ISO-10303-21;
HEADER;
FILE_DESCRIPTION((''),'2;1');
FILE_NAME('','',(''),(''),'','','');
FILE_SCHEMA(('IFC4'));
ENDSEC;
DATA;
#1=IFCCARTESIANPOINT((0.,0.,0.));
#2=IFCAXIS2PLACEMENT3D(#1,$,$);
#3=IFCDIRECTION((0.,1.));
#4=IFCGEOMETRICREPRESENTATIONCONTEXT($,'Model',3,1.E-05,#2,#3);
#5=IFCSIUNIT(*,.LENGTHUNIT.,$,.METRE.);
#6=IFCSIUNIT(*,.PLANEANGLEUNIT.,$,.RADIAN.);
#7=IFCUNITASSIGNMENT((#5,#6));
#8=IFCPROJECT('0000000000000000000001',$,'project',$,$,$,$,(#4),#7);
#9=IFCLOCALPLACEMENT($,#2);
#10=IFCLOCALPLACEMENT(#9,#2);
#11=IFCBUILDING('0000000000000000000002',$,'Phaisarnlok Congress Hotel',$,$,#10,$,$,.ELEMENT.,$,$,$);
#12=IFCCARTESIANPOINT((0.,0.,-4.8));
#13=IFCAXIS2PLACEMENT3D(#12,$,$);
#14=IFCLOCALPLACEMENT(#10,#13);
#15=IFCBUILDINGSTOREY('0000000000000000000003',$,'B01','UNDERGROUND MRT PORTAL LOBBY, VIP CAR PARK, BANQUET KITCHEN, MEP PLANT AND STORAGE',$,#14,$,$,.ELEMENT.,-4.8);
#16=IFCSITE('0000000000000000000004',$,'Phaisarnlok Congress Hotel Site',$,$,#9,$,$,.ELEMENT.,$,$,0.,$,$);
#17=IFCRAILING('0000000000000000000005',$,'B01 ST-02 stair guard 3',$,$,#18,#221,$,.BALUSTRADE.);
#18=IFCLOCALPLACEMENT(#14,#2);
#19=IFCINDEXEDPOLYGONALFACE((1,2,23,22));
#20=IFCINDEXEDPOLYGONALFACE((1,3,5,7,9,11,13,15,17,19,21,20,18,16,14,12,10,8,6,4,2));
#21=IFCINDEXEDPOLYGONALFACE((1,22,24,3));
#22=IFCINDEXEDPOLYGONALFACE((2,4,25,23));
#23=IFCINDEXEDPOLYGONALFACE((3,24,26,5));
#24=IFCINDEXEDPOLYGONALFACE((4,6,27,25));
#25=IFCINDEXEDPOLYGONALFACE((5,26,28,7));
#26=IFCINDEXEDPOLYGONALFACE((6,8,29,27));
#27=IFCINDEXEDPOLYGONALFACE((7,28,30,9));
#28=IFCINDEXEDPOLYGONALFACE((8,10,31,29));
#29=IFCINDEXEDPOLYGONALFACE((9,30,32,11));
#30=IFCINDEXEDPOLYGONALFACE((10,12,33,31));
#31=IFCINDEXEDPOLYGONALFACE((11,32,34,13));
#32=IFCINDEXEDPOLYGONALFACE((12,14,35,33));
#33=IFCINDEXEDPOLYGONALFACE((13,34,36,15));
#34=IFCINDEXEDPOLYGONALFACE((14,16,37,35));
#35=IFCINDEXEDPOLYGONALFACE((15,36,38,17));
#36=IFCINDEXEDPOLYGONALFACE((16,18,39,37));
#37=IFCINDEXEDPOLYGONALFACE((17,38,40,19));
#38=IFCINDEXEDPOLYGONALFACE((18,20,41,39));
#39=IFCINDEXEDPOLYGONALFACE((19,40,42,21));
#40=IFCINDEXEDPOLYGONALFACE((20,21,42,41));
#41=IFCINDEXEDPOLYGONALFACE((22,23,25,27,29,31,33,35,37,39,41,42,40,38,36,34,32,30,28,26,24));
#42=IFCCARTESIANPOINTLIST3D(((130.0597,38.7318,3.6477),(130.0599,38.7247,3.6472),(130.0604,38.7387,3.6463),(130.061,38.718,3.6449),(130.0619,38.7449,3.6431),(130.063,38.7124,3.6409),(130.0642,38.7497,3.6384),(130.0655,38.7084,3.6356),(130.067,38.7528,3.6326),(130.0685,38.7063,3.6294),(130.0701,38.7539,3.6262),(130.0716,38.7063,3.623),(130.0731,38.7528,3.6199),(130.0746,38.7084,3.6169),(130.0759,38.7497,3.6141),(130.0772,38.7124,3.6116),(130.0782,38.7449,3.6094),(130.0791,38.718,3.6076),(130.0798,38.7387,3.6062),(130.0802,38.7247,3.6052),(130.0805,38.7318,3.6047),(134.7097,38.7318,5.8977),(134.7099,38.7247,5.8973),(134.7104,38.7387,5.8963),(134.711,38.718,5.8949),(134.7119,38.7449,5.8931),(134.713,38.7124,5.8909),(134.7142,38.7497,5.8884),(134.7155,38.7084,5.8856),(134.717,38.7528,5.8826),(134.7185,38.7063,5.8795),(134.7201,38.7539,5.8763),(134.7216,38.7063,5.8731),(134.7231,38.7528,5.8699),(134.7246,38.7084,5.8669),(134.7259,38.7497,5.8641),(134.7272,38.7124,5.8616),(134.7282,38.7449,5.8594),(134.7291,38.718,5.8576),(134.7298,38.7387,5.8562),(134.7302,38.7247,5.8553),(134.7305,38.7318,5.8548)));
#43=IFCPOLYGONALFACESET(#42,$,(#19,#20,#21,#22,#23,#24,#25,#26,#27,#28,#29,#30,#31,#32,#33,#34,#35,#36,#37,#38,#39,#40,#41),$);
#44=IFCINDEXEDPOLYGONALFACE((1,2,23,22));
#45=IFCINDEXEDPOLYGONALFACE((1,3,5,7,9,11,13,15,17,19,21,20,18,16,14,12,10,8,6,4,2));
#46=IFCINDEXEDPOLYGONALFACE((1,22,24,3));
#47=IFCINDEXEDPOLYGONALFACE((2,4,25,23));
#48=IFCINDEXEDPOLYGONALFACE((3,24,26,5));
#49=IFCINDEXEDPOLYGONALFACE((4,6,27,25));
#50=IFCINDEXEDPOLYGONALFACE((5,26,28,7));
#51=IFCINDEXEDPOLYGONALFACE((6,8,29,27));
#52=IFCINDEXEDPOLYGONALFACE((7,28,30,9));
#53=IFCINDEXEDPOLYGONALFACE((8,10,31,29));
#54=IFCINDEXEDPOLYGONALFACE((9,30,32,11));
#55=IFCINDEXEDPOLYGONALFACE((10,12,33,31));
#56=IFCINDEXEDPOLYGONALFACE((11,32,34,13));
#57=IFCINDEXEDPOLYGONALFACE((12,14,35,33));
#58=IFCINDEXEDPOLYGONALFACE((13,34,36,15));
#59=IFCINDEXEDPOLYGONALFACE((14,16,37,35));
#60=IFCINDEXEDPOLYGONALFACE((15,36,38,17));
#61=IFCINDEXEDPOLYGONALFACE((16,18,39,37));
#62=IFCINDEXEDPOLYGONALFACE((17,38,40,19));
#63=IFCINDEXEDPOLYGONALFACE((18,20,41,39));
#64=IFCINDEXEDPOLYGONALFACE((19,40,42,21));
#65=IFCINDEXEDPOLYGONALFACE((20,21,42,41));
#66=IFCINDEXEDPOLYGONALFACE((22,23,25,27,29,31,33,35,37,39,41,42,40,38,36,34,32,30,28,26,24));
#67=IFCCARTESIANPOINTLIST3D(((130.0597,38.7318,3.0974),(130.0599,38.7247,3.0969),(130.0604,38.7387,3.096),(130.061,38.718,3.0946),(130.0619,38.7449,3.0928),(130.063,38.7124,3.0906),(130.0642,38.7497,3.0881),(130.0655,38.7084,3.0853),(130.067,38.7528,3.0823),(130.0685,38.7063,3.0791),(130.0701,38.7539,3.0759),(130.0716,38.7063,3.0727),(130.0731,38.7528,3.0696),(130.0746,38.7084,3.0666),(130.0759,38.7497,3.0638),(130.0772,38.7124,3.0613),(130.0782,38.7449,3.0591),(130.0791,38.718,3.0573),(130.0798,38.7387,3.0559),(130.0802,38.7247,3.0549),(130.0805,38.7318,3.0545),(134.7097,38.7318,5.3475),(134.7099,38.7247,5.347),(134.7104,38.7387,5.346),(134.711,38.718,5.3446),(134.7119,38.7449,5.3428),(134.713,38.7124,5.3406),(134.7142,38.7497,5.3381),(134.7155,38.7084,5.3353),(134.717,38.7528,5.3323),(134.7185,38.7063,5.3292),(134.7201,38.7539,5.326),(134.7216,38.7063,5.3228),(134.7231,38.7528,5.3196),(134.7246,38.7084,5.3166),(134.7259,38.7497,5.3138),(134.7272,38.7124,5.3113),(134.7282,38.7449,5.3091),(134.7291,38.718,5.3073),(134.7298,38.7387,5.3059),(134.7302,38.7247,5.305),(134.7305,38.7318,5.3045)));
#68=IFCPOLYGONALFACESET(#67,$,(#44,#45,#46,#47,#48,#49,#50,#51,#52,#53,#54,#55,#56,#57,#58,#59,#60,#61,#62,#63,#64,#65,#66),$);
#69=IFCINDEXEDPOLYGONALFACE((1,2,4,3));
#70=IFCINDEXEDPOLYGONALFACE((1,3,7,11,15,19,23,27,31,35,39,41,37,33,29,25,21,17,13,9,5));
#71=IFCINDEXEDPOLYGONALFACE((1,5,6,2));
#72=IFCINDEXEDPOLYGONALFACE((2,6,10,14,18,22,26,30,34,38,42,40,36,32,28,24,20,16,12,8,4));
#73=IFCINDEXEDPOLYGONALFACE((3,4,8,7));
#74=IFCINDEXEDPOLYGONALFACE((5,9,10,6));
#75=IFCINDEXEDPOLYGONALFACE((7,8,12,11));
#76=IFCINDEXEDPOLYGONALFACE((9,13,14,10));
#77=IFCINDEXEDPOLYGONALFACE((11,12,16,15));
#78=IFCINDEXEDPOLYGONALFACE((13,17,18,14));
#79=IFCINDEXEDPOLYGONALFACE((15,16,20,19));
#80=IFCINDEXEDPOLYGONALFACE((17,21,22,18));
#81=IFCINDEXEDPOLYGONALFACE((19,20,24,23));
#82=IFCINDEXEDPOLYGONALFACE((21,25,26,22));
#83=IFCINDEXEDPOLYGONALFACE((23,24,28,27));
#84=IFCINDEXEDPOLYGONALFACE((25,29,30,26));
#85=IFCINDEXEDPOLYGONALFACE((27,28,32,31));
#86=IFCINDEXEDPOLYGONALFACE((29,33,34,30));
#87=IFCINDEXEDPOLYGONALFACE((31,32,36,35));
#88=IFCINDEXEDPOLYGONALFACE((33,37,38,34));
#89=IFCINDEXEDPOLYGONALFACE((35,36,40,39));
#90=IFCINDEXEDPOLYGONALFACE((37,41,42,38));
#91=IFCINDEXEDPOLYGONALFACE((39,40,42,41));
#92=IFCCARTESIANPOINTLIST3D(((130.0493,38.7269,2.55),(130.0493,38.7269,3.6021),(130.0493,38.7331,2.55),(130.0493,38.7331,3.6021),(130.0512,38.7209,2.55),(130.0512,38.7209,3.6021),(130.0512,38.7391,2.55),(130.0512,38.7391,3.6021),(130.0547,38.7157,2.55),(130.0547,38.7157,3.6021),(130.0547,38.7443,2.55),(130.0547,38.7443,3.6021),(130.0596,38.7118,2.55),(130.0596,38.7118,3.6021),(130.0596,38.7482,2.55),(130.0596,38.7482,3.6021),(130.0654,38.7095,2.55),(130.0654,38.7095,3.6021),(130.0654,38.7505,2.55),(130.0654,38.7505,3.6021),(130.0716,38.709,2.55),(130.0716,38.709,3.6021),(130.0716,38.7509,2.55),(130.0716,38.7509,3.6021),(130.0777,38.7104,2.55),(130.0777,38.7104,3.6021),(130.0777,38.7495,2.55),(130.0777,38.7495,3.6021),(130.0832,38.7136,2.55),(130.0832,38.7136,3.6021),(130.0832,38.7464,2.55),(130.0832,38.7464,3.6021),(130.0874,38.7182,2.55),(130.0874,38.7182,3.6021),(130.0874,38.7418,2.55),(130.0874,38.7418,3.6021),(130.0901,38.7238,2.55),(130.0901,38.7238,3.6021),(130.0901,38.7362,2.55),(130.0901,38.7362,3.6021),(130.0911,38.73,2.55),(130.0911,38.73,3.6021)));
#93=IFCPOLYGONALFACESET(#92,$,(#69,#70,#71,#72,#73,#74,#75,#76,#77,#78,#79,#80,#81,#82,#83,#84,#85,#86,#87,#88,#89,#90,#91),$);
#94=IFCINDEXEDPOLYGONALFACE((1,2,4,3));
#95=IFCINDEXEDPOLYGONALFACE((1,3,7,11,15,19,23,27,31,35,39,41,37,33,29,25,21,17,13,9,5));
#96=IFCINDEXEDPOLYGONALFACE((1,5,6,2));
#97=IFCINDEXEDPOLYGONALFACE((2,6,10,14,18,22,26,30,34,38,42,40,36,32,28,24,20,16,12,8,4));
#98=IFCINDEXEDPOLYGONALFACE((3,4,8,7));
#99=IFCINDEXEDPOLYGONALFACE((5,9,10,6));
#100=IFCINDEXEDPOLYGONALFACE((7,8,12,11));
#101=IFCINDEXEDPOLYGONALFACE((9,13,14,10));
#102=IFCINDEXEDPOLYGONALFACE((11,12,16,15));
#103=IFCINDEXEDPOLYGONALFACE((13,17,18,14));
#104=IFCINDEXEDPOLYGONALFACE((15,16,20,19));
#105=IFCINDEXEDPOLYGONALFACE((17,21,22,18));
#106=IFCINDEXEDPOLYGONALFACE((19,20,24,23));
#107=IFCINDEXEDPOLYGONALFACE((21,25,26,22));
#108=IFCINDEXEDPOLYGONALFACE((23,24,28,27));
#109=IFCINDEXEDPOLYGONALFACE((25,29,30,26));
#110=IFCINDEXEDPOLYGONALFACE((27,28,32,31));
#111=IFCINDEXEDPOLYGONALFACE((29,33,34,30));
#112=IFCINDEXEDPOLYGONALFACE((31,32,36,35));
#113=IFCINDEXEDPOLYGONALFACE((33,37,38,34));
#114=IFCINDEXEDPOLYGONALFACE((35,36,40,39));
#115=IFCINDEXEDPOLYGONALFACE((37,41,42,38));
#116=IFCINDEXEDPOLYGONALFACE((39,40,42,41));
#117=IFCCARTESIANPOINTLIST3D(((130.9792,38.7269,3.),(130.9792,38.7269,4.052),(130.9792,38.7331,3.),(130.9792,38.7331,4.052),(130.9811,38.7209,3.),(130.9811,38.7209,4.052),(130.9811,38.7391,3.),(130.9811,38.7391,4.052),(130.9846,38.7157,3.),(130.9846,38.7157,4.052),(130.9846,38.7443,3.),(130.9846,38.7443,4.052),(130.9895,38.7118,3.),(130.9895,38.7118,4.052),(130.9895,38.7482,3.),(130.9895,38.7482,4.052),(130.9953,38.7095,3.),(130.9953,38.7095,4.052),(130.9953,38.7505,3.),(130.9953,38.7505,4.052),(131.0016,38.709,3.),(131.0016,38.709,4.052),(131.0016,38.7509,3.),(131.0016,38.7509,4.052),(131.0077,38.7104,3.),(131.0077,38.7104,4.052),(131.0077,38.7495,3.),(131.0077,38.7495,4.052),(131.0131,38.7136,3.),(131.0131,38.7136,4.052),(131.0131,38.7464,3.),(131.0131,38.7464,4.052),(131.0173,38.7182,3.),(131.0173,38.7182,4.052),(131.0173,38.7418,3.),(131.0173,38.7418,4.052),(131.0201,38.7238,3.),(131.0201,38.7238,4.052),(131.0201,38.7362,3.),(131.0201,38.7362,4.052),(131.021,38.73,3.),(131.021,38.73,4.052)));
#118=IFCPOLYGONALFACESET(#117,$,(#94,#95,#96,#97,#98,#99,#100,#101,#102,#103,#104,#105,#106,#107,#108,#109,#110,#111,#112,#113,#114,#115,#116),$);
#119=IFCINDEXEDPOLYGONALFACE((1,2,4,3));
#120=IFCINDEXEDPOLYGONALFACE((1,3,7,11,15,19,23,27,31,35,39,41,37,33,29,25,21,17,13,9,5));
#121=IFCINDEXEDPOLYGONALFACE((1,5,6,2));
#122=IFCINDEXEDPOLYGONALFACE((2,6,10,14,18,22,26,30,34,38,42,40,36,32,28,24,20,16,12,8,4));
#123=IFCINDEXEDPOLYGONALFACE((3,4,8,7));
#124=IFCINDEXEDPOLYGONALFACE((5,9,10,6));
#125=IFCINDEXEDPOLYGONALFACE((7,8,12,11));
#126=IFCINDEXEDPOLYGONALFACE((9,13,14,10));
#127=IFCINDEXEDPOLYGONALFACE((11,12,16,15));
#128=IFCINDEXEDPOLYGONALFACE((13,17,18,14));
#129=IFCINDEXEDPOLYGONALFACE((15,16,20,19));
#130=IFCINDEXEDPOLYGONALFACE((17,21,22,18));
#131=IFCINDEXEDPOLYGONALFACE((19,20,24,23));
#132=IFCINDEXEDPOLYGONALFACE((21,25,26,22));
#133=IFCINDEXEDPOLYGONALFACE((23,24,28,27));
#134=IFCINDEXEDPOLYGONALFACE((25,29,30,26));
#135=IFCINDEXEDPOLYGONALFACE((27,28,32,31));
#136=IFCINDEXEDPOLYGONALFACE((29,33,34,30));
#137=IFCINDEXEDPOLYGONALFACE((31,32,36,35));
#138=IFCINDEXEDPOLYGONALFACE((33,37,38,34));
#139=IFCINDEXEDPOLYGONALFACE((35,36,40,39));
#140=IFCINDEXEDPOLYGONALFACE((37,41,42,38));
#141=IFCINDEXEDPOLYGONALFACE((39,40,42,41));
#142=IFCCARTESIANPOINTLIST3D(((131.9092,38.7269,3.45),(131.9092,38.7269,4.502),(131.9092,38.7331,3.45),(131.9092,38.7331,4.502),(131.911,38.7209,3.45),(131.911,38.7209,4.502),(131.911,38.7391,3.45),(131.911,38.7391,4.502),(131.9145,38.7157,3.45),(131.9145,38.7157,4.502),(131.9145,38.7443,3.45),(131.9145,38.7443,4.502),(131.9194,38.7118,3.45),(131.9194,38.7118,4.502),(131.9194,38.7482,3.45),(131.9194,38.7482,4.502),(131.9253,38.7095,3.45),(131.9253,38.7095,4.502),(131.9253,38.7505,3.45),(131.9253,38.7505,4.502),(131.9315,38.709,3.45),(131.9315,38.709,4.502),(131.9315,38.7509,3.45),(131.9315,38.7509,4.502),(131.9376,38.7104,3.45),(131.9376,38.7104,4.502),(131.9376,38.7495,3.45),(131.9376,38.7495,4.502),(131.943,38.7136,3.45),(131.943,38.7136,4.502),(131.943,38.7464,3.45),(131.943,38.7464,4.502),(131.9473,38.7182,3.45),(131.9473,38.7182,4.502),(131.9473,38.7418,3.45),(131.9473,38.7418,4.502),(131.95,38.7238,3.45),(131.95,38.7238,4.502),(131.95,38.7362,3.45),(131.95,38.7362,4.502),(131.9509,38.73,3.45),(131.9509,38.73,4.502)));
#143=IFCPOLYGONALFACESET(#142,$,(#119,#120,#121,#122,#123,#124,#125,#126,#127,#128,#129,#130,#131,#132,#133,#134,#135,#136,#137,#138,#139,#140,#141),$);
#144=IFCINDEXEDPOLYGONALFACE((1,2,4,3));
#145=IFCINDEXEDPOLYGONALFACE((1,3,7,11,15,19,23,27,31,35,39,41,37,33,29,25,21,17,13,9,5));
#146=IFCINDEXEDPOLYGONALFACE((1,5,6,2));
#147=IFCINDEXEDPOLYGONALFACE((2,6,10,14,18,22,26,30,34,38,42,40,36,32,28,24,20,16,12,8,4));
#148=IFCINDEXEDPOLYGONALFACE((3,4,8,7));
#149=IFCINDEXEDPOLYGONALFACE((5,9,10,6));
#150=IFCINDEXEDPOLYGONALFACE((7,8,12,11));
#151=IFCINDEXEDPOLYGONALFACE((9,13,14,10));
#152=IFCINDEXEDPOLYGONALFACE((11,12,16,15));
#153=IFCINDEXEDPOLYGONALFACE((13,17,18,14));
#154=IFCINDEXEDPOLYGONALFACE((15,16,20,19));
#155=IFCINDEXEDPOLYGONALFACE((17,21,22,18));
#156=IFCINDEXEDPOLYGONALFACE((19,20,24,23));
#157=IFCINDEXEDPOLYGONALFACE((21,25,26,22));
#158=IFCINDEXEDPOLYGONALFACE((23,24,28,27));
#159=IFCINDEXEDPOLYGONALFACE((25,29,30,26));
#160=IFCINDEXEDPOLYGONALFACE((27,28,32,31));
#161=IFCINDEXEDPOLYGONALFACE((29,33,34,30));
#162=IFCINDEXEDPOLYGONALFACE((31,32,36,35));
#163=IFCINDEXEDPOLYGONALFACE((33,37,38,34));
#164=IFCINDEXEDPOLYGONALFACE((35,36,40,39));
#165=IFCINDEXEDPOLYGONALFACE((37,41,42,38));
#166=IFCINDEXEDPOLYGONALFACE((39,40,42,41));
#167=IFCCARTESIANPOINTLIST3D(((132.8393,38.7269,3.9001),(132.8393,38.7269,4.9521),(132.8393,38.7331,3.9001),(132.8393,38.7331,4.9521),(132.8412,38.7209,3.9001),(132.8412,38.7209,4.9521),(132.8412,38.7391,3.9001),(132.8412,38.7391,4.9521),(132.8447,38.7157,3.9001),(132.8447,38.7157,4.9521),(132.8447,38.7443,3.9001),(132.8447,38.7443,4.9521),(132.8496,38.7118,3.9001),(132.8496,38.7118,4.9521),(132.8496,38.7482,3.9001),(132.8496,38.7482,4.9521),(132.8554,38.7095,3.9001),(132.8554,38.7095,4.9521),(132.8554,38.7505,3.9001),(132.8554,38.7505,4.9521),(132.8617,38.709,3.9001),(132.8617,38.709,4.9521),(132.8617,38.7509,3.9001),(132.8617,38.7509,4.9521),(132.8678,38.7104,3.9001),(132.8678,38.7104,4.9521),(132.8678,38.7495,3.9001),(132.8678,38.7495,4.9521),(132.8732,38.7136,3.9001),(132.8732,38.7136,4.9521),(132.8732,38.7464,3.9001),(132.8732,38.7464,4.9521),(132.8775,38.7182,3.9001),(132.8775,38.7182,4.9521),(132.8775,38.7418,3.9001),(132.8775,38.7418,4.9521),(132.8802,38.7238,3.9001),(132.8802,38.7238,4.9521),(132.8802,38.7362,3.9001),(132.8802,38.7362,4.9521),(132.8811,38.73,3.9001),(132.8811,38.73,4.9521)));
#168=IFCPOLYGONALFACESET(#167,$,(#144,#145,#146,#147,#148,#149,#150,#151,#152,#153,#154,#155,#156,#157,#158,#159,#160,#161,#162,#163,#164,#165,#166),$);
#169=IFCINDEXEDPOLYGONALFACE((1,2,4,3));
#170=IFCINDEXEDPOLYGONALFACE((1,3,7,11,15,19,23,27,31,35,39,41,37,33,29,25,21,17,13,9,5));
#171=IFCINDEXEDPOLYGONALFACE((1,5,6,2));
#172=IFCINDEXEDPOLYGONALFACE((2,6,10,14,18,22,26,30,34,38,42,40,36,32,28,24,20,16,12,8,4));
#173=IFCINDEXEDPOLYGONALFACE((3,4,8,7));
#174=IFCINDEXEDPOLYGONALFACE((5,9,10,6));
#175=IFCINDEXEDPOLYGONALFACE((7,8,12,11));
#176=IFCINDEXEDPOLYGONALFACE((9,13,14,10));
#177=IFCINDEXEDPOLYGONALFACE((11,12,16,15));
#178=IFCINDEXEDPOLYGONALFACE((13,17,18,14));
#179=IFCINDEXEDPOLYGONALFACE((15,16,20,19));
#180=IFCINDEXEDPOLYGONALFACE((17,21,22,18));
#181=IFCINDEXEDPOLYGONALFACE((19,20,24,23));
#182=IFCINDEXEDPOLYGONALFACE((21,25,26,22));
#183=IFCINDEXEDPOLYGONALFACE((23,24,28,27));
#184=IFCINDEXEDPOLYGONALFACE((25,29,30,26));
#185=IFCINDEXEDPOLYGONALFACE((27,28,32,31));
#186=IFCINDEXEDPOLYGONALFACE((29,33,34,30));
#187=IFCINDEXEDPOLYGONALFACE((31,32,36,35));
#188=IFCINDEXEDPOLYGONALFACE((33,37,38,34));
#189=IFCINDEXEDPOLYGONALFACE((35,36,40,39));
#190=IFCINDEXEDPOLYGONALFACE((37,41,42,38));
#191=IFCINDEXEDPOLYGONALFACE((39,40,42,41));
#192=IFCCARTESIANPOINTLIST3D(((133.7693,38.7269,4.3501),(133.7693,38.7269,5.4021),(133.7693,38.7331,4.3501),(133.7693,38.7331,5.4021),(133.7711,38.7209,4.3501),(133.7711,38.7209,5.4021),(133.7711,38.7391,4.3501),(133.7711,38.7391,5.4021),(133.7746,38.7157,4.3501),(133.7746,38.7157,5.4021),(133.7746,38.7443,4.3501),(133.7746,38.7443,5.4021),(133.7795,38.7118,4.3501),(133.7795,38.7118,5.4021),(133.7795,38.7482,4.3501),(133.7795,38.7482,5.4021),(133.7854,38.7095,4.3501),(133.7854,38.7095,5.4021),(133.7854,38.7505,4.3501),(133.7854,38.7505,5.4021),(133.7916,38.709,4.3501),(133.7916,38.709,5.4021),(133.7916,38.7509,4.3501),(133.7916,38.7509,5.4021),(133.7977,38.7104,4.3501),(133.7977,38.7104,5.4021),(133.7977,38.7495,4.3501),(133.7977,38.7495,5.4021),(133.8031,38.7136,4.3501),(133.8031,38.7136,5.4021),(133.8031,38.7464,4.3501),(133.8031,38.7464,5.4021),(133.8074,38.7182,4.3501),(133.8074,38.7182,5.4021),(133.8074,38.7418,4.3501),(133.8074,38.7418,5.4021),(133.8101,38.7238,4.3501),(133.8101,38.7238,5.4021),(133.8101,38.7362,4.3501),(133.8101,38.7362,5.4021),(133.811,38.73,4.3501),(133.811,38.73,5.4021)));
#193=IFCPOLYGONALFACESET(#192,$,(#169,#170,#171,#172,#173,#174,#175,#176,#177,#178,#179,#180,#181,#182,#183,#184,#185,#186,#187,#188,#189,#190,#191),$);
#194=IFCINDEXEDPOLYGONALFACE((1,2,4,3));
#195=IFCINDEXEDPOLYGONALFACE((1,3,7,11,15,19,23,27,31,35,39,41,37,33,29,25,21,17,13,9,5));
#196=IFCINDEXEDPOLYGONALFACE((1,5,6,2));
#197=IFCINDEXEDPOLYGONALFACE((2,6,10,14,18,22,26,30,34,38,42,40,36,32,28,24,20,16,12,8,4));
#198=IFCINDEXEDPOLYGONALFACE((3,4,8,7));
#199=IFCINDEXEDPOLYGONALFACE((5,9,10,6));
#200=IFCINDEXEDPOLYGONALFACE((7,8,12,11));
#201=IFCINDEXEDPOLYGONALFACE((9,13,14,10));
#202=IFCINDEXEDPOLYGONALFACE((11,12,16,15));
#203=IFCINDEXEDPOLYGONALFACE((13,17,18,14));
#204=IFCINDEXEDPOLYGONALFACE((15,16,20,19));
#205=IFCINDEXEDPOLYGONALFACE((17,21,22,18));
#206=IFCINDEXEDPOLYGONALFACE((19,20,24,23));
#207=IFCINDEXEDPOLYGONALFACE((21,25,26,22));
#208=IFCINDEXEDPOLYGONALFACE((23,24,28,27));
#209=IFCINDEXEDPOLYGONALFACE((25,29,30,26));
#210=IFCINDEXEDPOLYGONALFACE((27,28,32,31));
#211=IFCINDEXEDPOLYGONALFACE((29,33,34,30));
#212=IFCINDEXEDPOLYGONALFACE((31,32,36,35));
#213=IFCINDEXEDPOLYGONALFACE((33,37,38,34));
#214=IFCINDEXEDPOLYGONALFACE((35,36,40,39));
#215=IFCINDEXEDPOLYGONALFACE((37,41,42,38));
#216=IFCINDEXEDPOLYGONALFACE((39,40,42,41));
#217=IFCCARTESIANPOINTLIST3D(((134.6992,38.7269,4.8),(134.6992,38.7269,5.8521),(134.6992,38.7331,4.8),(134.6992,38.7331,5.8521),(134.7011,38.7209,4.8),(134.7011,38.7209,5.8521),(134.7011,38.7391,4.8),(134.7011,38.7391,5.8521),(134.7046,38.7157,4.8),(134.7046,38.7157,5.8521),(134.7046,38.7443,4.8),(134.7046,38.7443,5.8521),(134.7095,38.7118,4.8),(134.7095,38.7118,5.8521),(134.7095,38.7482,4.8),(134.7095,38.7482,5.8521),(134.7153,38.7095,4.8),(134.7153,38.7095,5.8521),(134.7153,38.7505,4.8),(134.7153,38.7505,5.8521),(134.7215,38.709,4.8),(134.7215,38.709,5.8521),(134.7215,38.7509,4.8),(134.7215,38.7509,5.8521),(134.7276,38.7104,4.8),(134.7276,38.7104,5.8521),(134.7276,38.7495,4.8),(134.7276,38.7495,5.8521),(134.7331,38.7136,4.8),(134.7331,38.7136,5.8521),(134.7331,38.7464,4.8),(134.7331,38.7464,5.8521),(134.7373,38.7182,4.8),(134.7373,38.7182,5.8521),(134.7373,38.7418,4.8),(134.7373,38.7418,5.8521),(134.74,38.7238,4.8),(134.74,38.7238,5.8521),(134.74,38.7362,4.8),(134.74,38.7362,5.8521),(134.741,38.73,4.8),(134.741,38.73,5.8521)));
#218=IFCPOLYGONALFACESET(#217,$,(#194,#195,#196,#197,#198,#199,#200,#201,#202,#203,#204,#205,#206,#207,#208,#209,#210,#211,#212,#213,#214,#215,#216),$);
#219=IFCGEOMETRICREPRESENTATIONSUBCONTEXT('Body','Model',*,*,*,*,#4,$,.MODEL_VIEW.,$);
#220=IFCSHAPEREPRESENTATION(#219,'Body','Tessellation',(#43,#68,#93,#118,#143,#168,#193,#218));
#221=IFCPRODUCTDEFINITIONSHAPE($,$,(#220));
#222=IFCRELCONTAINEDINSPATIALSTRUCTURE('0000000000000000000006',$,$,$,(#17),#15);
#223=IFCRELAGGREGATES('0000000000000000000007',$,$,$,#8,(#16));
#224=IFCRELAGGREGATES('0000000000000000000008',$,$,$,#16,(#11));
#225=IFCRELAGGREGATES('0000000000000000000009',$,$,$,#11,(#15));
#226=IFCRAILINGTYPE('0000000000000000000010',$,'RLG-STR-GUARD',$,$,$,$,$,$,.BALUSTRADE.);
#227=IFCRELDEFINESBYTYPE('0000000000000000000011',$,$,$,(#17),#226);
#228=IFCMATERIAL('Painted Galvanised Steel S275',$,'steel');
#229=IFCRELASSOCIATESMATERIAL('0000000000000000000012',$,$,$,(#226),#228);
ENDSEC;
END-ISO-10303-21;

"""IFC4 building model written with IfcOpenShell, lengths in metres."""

from ifc_helpers import new_model, si_unit, direction, frame, origin, origin_2d, place, context, subcontext, project, spatial, circle, extrude, material, type_object, element, save


model = new_model("IFC4")

# Units and contexts
model_context = context("Model", 3, precision=1e-05, world=origin(), true_north=direction((0.0, 1.0)))
body_context = subcontext(model_context, "Body", "Model", "MODEL_VIEW")
ifc_project = project(units=[si_unit("LENGTHUNIT", "METRE"), si_unit("PLANEANGLEUNIT", "RADIAN")], contexts=[model_context])

# Site, building, storey
site_placement = place(None, origin())
site = spatial("IfcSite", under=ifc_project, at=site_placement, Name="Phaisarnlok Congress Hotel Site", CompositionType="ELEMENT", RefElevation=0.0)
building_placement = place(site_placement, origin())
building = spatial("IfcBuilding", under=site, at=building_placement, Name="Phaisarnlok Congress Hotel", CompositionType="ELEMENT")
storey_placement = place(building_placement, frame((0.0, 0.0, -4.8)))
storey = spatial("IfcBuildingStorey", under=building, at=storey_placement, Name="B01", Description="UNDERGROUND MRT PORTAL LOBBY, VIP CAR PARK, BANQUET KITCHEN, MEP PLANT AND STORAGE", CompositionType="ELEMENT", Elevation=-4.8)

# Railing
ifc_material_1 = material(Name="Painted Galvanised Steel S275", Category="steel")
railing_type_1 = type_object("IfcRailingType", Name="RLG-STR-GUARD", PredefinedType="BALUSTRADE", material=ifc_material_1)
railing_1_placement = place(storey_placement, frame((130.0701, 38.73, 2.55)))
element("IfcRailing", 1, at=railing_1_placement, inside=storey, type_object=railing_type_1, Name="B01 ST-02 stair guard 3", PredefinedType="BALUSTRADE", context=body_context, shape_type="SweptSolid", body=[
    extrude(circle(Radius=0.0239, at=origin_2d()), frame((0.0, 0.0, 1.0762), z_axis=(0.900156, 0.0, 0.435568), x_axis=(0.0, 1.0, 0.0)), (0.0, 0.0, 1.0), 5.1658),
    extrude(circle(Radius=0.0239, at=origin_2d()), frame((0.0, 0.0, 0.5259), z_axis=(0.900156, 0.0, 0.435568), x_axis=(0.0, 1.0, 0.0)), (0.0, 0.0, 1.0), 5.1658),
    extrude(circle(Radius=0.021, at=origin_2d()), origin(), (0.0, 0.0, 1.0), 1.052),
    extrude(circle(Radius=0.021, at=origin_2d()), frame((0.9299, 0.0, 0.45)), (0.0, 0.0, 1.0), 1.052),
    extrude(circle(Radius=0.021, at=origin_2d()), frame((1.8599, 0.0, 0.8999)), (0.0, 0.0, 1.0), 1.052),
    extrude(circle(Radius=0.021, at=origin_2d()), frame((2.79, 0.0, 1.3501)), (0.0, 0.0, 1.0), 1.052),
    extrude(circle(Radius=0.021, at=origin_2d()), frame((3.72, 0.0, 1.8)), (0.0, 0.0, 1.0), 1.052),
    extrude(circle(Radius=0.021, at=origin_2d()), frame((4.6499, 0.0, 2.25)), (0.0, 0.0, 1.0), 1.052),
])

save(model, "model.ifc")
